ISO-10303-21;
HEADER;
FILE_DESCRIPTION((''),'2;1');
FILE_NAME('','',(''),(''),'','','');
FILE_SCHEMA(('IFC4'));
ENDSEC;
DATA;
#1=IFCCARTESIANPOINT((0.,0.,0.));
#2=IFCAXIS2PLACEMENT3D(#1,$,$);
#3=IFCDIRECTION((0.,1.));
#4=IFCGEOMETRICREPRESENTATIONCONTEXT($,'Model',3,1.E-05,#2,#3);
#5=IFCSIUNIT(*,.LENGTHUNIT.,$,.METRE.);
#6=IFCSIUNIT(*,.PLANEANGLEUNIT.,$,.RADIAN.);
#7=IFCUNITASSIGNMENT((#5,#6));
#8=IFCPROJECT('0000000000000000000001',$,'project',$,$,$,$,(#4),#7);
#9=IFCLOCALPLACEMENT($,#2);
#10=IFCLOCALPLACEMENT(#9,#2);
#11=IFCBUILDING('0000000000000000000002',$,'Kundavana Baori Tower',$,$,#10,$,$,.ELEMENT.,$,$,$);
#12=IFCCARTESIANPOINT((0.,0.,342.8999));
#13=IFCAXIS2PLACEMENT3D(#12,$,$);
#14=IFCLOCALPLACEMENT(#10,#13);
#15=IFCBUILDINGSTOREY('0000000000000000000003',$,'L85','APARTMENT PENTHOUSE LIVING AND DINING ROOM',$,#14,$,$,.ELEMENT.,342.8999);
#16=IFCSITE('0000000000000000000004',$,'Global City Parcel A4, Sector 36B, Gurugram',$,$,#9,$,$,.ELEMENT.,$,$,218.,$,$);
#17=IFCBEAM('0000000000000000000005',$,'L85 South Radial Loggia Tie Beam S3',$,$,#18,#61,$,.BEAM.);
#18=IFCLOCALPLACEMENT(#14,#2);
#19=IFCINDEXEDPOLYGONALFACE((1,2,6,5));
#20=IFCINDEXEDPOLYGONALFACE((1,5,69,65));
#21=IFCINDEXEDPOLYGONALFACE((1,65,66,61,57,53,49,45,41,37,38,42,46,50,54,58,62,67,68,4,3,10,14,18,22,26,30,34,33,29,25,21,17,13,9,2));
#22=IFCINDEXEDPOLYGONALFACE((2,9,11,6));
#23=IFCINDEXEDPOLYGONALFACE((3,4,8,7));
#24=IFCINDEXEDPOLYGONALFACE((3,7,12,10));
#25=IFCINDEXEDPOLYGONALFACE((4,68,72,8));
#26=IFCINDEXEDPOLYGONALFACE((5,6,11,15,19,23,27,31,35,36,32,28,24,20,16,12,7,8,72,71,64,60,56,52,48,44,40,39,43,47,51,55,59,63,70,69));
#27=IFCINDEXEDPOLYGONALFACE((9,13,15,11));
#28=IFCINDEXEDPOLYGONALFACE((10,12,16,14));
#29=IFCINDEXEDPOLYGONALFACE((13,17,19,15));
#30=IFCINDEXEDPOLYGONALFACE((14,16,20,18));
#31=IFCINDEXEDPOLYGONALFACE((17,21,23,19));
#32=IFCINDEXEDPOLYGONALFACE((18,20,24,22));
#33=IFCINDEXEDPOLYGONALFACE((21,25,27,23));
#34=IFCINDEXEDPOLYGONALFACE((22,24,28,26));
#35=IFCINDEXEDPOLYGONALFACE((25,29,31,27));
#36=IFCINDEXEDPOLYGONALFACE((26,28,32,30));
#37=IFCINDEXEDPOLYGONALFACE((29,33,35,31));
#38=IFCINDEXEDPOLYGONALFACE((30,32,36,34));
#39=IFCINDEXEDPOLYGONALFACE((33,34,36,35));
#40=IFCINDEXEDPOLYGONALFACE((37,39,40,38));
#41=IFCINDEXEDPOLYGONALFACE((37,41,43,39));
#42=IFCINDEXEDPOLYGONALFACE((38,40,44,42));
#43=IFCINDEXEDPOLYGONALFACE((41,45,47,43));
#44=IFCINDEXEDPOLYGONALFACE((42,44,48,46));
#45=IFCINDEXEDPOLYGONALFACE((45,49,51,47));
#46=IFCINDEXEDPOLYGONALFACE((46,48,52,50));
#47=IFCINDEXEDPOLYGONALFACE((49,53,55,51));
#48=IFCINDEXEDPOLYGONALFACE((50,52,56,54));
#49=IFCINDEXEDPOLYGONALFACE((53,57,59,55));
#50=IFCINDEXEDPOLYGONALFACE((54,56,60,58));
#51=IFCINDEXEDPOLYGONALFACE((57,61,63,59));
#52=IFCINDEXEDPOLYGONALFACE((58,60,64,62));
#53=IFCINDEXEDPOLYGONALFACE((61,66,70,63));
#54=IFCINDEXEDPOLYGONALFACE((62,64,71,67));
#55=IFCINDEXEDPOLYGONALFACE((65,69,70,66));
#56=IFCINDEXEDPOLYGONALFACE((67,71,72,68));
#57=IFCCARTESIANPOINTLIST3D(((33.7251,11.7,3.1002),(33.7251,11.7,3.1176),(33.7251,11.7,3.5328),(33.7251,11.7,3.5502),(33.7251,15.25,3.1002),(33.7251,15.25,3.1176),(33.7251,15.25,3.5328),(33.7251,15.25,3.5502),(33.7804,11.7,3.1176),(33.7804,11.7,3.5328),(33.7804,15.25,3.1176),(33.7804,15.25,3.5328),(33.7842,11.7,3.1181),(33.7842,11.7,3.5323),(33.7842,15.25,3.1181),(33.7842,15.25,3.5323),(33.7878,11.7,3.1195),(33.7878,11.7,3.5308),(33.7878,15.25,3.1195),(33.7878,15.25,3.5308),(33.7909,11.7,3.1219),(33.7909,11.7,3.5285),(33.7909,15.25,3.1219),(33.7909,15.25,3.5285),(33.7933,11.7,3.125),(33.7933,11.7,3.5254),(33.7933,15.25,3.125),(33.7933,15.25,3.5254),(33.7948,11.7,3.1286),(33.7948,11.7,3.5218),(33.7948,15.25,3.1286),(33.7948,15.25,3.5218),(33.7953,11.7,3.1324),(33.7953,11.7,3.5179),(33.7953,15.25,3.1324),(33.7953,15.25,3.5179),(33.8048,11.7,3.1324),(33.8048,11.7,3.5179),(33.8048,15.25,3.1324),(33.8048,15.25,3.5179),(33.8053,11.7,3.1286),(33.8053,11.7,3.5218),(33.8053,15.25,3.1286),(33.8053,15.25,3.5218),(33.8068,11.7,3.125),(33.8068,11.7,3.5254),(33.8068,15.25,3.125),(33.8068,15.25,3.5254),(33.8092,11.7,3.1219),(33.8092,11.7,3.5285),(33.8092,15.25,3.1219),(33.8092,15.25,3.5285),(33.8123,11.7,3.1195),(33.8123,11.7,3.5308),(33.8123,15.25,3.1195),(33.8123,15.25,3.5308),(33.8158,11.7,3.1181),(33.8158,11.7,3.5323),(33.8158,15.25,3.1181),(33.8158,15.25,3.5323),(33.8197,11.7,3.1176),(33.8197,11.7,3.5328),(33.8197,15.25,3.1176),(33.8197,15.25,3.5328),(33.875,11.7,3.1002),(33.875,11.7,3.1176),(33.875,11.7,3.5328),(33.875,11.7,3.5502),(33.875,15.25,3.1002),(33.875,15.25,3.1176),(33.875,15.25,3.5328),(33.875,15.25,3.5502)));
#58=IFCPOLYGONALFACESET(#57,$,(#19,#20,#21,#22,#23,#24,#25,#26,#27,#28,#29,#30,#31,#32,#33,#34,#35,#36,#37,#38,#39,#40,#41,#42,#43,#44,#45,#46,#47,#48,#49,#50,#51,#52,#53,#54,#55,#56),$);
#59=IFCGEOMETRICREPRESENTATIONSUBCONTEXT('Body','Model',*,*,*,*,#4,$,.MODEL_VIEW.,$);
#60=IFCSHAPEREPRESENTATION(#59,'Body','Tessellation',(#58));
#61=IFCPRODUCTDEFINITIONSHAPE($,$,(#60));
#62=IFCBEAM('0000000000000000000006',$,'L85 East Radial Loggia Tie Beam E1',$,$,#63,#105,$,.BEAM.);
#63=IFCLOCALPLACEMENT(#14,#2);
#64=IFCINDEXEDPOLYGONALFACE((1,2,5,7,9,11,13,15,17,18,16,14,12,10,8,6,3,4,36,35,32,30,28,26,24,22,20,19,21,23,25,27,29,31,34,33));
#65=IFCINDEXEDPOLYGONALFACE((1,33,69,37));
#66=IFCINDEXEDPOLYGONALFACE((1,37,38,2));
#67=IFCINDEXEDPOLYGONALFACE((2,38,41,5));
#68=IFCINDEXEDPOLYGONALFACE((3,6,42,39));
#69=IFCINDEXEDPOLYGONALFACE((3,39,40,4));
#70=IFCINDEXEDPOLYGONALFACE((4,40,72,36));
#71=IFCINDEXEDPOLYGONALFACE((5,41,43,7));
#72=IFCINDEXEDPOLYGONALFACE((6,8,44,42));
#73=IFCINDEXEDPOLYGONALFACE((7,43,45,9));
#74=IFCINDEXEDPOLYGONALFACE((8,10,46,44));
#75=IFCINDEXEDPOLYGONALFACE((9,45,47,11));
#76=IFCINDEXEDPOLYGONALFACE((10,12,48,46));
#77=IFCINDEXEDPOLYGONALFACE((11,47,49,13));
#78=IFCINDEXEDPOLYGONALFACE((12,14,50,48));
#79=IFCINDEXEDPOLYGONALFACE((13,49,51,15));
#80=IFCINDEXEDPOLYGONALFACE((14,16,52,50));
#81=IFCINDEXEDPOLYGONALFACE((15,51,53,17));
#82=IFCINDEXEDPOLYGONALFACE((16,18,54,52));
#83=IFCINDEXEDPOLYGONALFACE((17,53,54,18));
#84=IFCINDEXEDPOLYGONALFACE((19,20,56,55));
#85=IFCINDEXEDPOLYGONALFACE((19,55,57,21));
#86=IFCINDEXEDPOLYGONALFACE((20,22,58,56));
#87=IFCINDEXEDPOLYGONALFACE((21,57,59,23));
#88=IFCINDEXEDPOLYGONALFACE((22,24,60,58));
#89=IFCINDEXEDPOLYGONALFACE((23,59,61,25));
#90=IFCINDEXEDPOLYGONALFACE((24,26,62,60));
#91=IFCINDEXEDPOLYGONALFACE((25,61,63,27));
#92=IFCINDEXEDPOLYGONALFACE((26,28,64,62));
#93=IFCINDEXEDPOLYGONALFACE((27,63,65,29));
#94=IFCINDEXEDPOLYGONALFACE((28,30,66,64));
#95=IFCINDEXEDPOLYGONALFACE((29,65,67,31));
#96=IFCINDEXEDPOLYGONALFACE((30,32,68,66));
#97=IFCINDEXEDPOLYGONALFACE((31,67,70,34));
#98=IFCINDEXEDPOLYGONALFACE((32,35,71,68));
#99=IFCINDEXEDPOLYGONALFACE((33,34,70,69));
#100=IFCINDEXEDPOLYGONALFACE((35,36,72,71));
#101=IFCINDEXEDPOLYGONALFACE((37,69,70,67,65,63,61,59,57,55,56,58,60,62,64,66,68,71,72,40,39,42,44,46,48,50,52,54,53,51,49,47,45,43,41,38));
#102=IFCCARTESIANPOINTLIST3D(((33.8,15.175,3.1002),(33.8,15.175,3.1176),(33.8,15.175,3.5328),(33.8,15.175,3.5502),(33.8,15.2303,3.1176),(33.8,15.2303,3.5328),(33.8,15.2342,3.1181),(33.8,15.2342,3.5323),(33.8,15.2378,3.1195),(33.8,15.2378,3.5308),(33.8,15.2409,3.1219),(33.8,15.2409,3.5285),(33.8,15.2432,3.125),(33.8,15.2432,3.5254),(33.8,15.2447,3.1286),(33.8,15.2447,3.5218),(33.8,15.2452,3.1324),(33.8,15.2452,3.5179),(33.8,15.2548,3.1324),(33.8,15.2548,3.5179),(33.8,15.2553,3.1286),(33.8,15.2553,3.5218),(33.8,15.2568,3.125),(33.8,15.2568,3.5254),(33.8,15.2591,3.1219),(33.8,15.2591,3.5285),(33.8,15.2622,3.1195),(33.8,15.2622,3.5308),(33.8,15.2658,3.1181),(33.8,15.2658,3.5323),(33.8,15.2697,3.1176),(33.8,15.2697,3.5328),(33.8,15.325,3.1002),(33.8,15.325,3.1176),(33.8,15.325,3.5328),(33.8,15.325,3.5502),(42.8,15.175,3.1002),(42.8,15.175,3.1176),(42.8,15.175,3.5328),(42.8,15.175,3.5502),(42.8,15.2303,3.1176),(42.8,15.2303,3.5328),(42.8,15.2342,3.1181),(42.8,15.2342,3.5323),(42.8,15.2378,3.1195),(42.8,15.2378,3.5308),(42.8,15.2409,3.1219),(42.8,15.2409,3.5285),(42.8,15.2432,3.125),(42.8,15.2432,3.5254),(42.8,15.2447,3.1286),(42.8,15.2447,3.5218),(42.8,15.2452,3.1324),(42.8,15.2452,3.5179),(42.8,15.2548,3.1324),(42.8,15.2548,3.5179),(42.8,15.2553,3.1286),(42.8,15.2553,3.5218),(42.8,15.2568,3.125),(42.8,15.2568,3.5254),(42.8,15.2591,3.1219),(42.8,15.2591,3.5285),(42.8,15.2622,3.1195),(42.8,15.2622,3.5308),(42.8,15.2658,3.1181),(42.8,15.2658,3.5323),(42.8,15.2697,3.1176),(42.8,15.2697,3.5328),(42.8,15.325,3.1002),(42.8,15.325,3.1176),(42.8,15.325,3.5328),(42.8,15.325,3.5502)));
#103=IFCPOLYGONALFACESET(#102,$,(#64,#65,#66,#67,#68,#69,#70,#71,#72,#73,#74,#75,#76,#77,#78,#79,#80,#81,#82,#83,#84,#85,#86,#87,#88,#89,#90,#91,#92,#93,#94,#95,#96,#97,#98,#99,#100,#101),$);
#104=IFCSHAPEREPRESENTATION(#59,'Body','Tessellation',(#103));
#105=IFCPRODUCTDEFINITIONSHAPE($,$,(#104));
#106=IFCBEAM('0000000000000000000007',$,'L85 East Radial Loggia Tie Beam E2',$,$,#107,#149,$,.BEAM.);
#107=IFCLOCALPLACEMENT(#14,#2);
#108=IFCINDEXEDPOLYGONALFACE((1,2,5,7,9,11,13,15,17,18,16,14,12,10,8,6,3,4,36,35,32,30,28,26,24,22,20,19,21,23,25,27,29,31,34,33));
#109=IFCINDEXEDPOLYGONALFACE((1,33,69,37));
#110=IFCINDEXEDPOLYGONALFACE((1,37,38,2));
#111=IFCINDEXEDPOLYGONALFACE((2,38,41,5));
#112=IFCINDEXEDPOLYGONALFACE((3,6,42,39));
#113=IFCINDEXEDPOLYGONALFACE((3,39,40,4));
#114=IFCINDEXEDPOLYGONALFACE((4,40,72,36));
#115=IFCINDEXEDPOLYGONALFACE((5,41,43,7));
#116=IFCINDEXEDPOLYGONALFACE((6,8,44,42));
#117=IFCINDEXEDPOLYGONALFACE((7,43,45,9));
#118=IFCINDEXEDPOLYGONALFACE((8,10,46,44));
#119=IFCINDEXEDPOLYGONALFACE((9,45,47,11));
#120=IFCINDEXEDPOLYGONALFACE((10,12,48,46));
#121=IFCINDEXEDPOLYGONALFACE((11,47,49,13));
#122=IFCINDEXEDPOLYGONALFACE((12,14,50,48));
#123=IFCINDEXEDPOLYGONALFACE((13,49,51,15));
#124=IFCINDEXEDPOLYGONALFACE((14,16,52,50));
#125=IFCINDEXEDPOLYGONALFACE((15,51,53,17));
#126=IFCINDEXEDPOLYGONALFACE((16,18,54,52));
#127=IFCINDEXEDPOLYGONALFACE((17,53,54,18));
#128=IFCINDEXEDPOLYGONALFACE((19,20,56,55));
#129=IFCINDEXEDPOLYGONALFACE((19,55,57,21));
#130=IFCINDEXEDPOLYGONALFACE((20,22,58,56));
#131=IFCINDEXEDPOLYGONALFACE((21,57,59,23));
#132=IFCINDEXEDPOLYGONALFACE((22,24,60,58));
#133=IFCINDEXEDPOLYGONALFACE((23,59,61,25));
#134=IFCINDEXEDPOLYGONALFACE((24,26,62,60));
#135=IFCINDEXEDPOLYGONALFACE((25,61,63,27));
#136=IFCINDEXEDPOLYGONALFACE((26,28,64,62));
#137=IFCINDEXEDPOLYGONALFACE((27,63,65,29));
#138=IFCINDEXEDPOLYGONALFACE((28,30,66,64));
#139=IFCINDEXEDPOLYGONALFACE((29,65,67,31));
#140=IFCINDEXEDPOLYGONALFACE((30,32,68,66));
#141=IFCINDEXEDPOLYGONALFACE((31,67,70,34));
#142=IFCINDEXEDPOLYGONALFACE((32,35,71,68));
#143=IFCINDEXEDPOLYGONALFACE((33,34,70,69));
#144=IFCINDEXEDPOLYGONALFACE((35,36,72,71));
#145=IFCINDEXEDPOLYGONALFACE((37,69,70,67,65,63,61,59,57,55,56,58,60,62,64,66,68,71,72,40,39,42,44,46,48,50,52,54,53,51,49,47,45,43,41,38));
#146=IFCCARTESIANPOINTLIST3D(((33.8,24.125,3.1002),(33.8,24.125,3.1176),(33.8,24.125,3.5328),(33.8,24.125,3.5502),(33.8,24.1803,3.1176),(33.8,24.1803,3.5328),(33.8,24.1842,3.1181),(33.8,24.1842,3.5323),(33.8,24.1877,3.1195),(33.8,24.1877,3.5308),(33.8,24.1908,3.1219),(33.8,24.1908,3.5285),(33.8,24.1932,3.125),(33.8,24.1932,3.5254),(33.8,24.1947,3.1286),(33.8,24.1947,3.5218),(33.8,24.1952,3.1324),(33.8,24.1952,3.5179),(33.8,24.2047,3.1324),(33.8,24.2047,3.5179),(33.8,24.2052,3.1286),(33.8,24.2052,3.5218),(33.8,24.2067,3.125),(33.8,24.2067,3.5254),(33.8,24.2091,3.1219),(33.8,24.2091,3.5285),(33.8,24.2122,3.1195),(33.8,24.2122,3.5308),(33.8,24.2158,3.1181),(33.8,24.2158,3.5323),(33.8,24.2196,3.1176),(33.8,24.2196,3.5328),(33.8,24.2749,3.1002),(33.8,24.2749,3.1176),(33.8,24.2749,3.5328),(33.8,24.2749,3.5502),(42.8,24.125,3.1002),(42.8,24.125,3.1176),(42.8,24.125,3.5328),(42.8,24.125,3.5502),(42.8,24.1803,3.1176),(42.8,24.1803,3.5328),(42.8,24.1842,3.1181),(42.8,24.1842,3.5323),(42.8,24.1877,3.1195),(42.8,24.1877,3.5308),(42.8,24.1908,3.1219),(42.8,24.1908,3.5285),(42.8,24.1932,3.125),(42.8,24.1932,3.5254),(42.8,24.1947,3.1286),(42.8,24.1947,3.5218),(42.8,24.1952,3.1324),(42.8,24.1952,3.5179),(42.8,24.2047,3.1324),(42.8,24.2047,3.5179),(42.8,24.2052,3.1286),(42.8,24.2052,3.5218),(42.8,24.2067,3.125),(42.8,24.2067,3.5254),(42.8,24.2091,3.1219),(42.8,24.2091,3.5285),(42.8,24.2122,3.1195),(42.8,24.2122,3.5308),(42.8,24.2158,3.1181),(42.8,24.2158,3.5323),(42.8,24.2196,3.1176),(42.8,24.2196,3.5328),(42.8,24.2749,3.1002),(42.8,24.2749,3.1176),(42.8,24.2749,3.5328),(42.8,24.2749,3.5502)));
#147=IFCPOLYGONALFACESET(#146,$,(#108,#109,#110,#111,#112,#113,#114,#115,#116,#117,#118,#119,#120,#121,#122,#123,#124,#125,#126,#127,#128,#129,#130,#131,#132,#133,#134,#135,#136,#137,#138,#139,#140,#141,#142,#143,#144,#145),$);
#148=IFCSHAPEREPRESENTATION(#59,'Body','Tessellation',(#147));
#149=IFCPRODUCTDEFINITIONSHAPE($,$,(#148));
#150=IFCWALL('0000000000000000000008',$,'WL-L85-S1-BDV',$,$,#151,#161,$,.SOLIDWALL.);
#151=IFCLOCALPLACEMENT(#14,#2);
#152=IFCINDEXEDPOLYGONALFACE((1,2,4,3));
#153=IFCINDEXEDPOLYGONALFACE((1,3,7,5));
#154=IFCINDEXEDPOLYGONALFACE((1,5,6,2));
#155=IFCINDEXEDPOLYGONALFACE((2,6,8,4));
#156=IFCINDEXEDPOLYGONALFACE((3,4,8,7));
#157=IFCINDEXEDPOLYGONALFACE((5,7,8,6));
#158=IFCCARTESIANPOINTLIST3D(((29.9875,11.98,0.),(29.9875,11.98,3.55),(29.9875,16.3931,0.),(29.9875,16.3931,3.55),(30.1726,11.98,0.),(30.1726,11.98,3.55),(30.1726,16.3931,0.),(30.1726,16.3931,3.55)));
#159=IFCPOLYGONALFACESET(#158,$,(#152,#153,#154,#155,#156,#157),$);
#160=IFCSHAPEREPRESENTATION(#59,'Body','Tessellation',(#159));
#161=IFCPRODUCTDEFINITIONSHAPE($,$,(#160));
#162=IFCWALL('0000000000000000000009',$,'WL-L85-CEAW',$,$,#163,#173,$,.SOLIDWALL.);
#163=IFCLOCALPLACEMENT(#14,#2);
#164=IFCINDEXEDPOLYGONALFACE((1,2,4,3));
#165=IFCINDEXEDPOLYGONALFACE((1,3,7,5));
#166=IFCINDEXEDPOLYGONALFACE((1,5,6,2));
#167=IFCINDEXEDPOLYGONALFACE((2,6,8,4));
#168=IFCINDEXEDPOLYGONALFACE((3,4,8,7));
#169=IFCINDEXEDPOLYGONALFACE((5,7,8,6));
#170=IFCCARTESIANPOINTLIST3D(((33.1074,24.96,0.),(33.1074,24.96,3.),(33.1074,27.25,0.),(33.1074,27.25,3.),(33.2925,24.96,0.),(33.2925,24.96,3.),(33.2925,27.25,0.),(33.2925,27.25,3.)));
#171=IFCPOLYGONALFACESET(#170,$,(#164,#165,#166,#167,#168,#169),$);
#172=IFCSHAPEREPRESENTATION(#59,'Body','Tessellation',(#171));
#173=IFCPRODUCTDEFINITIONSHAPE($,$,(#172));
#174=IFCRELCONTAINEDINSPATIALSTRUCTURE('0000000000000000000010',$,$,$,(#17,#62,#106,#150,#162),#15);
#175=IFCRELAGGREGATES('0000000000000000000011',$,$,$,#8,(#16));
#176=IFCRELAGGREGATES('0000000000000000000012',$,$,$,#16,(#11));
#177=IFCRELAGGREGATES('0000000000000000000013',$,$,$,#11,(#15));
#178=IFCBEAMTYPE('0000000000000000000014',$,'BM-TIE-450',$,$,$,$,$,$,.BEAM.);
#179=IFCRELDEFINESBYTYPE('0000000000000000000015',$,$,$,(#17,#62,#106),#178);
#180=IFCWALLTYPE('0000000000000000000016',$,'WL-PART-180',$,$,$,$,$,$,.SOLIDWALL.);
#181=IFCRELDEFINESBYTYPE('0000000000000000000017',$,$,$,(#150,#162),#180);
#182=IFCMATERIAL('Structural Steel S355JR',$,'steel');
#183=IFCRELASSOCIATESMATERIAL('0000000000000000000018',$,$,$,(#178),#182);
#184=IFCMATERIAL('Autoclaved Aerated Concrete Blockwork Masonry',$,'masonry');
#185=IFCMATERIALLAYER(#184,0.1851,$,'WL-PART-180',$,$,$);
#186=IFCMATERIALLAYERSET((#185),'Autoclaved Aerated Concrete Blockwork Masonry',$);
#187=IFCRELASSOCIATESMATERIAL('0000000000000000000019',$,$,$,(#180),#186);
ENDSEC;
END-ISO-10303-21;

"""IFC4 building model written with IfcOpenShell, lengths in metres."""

from ifc_helpers import new_model, si_unit, direction, frame, frame_2d, origin, origin_2d, place, context, subcontext, project, spatial, rectangle, i_section, extrude, material, layer, layer_set, material_profile, profile_set, type_object, element, save


model = new_model("IFC4")

# Units and contexts
model_context = context("Model", 3, precision=1e-05, world=origin(), true_north=direction((0.0, 1.0)))
body_context = subcontext(model_context, "Body", "Model", "MODEL_VIEW")
ifc_project = project(units=[si_unit("LENGTHUNIT", "METRE"), si_unit("PLANEANGLEUNIT", "RADIAN")], contexts=[model_context])

# Site, building, storey
site_placement = place(None, origin())
site = spatial("IfcSite", under=ifc_project, at=site_placement, Name="Global City Parcel A4, Sector 36B, Gurugram", CompositionType="ELEMENT", RefElevation=218.0)
building_placement = place(site_placement, origin())
building = spatial("IfcBuilding", under=site, at=building_placement, Name="Kundavana Baori Tower", CompositionType="ELEMENT")
storey_placement = place(building_placement, frame((0.0, 0.0, 342.8999)))
storey = spatial("IfcBuildingStorey", under=building, at=storey_placement, Name="L85", Description="APARTMENT PENTHOUSE LIVING AND DINING ROOM", CompositionType="ELEMENT", Elevation=342.8999)

# Beams
ifc_material_1 = material(Name="Structural Steel S355JR", Category="steel")
ifc_material_profile_1 = material_profile(ifc_material_1, i_section(OverallWidth=0.1499, OverallDepth=0.45, WebThickness=0.0095, FlangeThickness=0.0173, FilletRadius=0.0149, at=origin_2d()), Name="ISMB 450")
ifc_profile_set_1 = profile_set([ifc_material_profile_1], Name="Structural Steel S355JR")
beam_type_1 = type_object("IfcBeamType", Name="BM-TIE-450", PredefinedType="BEAM", material=ifc_profile_set_1)
beam_1_placement = place(storey_placement, frame((33.8, 15.25, 3.3252), z_axis=(0.0, -1.0, 0.0), x_axis=(1.0, 0.0, 0.0)))
element("IfcBeam", 1, at=beam_1_placement, inside=storey, type_object=beam_type_1, Name="L85 South Radial Loggia Tie Beam S3", PredefinedType="BEAM", context=body_context, shape_type="SweptSolid", body=[
    extrude(i_section(OverallWidth=0.1499, OverallDepth=0.45, WebThickness=0.0095, FlangeThickness=0.0173, FilletRadius=0.0149, at=origin_2d()), origin(), (0.0, 0.0, 1.0), 3.55),
])
for number, where, z_axis, x_axis, name in (
    (2, (33.8, 15.25, 3.3252), (1.0, 0.0, 0.0), (0.0, 1.0, 0.0), "L85 East Radial Loggia Tie Beam E1"),
    (3, (33.8, 24.2, 3.3252), (1.0, 0.0, 0.0), (0.0, 1.0, 0.0), "L85 East Radial Loggia Tie Beam E2"),
):
    element("IfcBeam", number, at=place(storey_placement, frame(where, z_axis=z_axis, x_axis=x_axis)), inside=storey, type_object=beam_type_1, Name=name, PredefinedType="BEAM", context=body_context, shape_type="SweptSolid", body=[
        extrude(i_section(OverallWidth=0.1499, OverallDepth=0.45, WebThickness=0.0095, FlangeThickness=0.0173, FilletRadius=0.0149, at=origin_2d()), origin(), (0.0, 0.0, 1.0), 9.0),
    ])

# Walls
ifc_material_2 = material(Name="Autoclaved Aerated Concrete Blockwork Masonry", Category="masonry")
ifc_layer_1 = layer(ifc_material_2, 0.1851, Name="WL-PART-180")
ifc_layer_set_1 = layer_set([ifc_layer_1], Name="Autoclaved Aerated Concrete Blockwork Masonry")
wall_type_1 = type_object("IfcWallType", Name="WL-PART-180", PredefinedType="SOLIDWALL", material=ifc_layer_set_1)
wall_1_placement = place(storey_placement, frame((30.0801, 11.98, 0.0), z_axis=(0.0, 0.0, 1.0), x_axis=(0.0, 1.0, 0.0)))
element("IfcWall", 4, at=wall_1_placement, inside=storey, type_object=wall_type_1, Name="WL-L85-S1-BDV", PredefinedType="SOLIDWALL", context=body_context, shape_type="SweptSolid", body=[
    extrude(rectangle(XDim=4.4131, YDim=0.1851, at=frame_2d((2.2065, 0.0))), origin(), (0.0, 0.0, 1.0), 3.55),
])
wall_2_placement = place(storey_placement, frame((33.2, 24.96, 0.0), z_axis=(0.0, 0.0, 1.0), x_axis=(0.0, 1.0, 0.0)))
element("IfcWall", 5, at=wall_2_placement, inside=storey, type_object=wall_type_1, Name="WL-L85-CEAW", PredefinedType="SOLIDWALL", context=body_context, shape_type="SweptSolid", body=[
    extrude(rectangle(XDim=2.29, YDim=0.1851, at=frame_2d((1.145, 0.0))), origin(), (0.0, 0.0, 1.0), 3.0),
])

save(model, "model.ifc")
